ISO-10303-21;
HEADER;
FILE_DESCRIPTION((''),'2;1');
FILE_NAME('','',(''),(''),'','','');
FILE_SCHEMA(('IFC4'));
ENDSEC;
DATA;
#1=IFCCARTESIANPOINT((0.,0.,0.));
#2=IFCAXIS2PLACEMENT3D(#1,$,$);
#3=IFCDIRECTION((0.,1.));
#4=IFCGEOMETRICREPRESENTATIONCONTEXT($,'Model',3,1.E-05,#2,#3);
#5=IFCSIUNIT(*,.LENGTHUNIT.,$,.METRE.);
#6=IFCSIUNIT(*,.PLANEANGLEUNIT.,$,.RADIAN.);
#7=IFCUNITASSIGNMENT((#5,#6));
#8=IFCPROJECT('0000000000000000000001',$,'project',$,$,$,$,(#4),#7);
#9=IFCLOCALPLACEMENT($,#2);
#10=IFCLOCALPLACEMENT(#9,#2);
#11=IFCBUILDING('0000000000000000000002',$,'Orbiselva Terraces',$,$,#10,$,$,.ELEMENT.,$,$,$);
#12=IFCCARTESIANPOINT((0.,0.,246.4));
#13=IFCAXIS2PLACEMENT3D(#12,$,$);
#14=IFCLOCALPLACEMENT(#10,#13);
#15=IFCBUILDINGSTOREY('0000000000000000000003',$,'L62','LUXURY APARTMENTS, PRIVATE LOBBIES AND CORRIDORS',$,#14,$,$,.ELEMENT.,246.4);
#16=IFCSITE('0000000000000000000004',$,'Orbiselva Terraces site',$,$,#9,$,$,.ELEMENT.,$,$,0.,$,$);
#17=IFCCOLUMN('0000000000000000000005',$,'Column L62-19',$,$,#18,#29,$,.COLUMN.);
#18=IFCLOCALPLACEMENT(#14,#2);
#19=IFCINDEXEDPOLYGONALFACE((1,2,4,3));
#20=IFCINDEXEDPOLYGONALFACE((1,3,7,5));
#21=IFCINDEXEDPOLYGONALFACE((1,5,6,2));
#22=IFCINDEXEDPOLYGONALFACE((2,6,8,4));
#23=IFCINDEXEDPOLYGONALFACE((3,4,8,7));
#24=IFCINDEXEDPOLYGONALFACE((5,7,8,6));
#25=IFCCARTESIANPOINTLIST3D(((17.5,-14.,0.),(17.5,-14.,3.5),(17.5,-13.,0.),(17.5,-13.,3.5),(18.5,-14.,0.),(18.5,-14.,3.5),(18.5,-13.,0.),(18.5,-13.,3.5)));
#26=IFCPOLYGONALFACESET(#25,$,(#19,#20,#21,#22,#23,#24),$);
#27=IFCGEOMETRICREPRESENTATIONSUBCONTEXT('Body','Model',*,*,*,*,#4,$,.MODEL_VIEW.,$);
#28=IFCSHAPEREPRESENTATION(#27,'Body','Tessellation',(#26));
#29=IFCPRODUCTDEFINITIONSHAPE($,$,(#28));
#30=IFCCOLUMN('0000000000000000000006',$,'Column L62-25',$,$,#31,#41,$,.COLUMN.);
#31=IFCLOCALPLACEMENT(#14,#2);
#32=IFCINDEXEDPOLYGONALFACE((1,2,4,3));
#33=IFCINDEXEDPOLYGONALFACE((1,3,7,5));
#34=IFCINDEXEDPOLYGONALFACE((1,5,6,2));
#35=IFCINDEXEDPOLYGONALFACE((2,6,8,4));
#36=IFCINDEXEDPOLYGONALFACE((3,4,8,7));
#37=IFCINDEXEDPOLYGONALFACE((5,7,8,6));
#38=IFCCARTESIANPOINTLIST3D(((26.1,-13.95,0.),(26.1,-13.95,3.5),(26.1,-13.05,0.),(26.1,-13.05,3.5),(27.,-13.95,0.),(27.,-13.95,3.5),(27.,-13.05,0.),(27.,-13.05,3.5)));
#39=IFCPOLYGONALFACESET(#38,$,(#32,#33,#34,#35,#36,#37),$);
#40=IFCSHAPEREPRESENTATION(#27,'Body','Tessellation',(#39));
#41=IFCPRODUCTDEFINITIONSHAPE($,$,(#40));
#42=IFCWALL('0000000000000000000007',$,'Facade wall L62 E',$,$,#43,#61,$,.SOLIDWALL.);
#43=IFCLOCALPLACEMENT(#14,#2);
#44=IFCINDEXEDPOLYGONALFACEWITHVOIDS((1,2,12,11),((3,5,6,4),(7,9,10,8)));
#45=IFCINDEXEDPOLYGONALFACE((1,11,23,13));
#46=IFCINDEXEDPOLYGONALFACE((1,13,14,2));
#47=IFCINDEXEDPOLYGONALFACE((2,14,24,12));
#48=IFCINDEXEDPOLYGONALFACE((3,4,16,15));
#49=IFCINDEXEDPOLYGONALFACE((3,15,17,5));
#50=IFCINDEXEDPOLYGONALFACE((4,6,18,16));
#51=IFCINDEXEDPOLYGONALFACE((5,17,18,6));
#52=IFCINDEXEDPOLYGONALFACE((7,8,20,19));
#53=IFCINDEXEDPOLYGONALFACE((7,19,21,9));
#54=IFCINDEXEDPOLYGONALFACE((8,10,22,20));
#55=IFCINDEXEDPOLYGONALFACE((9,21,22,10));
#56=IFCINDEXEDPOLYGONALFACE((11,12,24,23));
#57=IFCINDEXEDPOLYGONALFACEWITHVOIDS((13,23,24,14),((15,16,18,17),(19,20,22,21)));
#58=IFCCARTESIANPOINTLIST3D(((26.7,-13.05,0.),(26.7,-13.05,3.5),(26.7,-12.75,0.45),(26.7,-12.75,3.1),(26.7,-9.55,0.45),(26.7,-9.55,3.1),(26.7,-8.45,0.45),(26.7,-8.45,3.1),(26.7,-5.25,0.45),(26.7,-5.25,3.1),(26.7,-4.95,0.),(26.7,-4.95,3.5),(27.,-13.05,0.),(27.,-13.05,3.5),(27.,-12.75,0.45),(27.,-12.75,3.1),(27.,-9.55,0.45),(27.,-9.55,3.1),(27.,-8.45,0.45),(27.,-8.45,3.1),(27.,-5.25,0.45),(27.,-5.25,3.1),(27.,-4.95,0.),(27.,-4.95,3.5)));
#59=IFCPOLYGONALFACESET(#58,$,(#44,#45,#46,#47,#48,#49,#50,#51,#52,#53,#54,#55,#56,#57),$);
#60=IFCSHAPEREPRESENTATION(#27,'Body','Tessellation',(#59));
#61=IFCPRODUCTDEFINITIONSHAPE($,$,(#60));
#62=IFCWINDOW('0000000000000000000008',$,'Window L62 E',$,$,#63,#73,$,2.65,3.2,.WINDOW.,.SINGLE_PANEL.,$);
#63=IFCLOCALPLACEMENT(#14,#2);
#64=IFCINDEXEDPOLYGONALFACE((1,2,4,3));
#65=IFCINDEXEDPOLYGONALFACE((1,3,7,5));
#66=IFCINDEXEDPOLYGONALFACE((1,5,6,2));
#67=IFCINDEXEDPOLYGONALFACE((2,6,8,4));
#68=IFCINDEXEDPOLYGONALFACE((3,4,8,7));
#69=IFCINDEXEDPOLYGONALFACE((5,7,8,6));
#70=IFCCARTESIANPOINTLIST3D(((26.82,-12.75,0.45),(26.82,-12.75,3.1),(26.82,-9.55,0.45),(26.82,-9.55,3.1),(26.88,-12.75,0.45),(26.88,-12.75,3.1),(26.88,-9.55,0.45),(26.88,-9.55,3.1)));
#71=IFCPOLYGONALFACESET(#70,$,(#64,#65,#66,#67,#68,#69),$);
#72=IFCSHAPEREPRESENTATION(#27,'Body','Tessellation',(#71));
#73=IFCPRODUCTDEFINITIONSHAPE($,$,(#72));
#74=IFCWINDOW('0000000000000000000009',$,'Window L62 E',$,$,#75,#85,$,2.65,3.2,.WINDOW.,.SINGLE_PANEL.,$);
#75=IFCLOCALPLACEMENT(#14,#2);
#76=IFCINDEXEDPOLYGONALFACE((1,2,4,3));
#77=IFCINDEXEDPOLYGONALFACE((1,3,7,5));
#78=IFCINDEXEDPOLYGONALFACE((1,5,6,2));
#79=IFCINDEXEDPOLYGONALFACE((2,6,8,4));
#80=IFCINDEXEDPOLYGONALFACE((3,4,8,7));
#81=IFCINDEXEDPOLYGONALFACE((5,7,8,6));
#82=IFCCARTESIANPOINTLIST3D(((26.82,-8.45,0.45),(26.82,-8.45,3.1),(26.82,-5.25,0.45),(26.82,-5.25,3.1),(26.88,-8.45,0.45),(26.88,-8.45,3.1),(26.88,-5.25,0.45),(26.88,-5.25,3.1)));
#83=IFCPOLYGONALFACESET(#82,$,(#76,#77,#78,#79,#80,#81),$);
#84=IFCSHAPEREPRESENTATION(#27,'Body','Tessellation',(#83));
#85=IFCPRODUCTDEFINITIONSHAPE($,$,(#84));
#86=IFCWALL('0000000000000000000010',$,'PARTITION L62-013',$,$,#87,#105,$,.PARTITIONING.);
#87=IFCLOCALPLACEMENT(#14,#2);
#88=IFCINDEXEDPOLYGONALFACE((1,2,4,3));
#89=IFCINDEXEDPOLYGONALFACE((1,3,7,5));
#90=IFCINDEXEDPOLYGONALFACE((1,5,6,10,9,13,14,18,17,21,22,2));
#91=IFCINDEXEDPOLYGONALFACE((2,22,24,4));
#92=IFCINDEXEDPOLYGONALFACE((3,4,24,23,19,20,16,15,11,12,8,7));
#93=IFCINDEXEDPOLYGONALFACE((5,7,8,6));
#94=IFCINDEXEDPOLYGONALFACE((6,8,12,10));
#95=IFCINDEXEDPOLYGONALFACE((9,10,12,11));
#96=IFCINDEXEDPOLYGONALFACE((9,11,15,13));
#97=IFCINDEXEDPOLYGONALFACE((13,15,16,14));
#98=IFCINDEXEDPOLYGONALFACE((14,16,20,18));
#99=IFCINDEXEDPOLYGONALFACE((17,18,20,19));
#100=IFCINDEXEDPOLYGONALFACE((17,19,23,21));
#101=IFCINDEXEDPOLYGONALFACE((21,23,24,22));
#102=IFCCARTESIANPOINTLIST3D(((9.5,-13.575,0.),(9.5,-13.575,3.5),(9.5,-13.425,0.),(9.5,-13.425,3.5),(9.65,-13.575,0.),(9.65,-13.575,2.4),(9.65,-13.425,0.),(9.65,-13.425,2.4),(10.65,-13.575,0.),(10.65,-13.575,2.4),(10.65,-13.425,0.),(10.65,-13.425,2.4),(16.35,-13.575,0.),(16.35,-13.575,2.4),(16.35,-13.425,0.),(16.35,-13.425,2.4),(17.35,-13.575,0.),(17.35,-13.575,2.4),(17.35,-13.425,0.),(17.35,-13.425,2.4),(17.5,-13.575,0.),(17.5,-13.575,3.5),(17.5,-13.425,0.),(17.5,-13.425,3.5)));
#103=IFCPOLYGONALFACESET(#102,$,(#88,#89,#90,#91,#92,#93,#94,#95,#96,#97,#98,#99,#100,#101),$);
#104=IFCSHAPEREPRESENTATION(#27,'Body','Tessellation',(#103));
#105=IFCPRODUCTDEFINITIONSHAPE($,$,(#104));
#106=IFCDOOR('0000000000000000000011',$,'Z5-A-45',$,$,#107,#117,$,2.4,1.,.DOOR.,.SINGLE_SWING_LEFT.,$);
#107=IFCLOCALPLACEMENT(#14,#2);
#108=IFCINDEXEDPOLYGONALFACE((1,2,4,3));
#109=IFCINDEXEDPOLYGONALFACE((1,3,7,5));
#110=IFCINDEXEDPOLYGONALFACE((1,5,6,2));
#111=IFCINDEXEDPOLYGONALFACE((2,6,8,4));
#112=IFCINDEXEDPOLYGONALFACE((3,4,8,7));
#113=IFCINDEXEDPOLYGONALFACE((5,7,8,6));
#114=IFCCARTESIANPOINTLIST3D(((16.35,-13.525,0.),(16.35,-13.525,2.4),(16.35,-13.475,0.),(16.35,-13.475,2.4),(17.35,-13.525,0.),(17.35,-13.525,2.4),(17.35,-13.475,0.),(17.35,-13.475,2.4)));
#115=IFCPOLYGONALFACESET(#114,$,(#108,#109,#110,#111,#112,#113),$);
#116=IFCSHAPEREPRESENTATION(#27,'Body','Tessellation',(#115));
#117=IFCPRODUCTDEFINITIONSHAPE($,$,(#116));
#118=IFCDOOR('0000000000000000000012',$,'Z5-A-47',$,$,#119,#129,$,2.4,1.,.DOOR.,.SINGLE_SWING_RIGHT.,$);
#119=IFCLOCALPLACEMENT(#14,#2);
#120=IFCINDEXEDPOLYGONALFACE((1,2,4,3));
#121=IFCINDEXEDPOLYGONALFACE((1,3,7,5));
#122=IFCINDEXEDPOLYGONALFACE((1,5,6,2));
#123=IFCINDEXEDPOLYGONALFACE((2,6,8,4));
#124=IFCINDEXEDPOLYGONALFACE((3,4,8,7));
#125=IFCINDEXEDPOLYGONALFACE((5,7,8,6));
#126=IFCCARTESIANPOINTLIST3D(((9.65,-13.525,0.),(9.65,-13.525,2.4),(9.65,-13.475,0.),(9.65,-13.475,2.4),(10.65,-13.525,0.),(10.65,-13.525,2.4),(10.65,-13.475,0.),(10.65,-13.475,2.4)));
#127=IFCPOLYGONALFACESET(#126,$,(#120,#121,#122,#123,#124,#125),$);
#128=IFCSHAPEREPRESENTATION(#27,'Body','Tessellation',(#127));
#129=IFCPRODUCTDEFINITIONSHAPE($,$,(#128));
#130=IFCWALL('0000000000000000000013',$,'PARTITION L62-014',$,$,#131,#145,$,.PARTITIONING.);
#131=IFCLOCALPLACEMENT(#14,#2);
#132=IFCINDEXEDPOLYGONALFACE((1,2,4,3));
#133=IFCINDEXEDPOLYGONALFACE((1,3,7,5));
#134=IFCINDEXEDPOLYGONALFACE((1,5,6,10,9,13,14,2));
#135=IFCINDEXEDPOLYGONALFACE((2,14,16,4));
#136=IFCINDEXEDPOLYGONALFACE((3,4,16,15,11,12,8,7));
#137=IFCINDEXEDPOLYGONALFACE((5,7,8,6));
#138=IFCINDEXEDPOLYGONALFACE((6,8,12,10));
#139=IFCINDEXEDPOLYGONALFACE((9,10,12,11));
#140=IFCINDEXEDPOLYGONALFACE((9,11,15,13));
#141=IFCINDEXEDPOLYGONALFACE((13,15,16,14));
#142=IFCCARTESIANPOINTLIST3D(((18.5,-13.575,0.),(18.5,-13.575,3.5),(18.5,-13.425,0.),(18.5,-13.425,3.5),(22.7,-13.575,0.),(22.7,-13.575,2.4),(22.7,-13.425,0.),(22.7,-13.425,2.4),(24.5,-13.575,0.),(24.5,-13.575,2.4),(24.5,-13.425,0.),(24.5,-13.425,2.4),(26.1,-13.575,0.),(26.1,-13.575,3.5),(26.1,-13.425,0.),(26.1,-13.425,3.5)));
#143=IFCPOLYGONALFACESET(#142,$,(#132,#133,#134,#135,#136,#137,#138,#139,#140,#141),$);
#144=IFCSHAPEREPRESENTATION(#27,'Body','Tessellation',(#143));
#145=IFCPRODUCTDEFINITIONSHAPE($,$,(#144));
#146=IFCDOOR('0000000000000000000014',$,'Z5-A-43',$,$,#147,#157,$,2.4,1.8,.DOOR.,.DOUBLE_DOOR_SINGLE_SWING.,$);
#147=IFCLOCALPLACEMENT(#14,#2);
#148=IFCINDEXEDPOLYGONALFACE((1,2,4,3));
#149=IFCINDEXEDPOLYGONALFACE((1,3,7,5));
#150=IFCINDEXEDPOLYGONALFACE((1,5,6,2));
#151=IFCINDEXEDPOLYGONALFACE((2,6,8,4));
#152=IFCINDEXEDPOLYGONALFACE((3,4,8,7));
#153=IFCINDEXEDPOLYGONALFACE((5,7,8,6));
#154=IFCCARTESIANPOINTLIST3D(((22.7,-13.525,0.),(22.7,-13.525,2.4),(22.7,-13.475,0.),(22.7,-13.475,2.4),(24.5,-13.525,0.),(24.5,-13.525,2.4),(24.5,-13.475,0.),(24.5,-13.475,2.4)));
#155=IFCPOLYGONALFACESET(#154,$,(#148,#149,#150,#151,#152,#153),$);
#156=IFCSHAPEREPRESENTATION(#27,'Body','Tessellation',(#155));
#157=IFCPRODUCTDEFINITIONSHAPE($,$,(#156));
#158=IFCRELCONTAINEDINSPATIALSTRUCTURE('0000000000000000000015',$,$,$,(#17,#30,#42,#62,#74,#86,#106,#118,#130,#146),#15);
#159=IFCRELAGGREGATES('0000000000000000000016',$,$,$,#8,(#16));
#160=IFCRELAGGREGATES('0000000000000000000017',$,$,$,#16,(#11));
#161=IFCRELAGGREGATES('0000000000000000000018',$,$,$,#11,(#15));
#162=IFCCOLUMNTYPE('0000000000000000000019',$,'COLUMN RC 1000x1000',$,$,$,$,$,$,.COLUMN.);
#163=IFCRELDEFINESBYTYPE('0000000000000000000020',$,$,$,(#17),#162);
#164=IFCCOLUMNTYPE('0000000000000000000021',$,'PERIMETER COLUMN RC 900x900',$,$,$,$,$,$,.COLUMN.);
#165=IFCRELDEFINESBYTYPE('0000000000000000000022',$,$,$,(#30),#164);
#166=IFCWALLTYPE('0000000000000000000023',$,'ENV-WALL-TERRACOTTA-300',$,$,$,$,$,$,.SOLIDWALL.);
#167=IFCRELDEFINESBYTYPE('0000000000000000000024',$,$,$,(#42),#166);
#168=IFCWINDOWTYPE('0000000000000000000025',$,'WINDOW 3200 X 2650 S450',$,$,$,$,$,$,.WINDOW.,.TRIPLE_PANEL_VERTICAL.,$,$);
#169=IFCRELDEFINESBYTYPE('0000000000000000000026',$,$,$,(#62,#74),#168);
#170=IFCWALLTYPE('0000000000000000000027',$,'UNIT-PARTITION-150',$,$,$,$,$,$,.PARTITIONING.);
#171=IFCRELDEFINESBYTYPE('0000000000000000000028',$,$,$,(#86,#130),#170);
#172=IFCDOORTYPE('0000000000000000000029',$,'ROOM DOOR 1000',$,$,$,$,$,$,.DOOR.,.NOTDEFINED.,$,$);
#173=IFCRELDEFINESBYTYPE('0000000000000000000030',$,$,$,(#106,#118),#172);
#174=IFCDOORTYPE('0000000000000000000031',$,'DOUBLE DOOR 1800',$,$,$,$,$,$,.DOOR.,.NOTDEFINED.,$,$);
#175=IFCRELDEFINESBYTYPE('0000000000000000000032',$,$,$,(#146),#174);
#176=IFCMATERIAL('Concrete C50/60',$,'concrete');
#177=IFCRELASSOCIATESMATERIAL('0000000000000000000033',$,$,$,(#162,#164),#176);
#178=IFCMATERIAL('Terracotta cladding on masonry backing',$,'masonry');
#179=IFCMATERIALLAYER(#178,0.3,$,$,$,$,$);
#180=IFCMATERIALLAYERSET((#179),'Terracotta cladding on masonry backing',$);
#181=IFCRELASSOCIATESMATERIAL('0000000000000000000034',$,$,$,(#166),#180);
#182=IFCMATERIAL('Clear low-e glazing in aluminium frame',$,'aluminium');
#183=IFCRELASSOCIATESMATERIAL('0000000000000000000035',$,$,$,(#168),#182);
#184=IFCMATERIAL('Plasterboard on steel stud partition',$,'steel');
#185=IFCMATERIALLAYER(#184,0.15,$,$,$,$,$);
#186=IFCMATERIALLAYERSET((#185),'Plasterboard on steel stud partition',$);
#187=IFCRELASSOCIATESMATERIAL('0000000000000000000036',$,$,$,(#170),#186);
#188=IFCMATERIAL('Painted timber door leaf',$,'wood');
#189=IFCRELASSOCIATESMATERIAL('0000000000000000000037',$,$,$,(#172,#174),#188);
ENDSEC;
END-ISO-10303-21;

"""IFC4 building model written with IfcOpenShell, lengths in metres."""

from ifc_helpers import new_model, si_unit, direction, frame, frame_2d, origin, origin_2d, place, context, subcontext, project, spatial, rectangle, extrude, material, layer, layer_set, material_profile, profile_set, type_object, element, fill, save


model = new_model("IFC4")

# Units and contexts
model_context = context("Model", 3, precision=1e-05, world=origin(), true_north=direction((0.0, 1.0)))
body_context = subcontext(model_context, "Body", "Model", "MODEL_VIEW")
ifc_project = project(units=[si_unit("LENGTHUNIT", "METRE"), si_unit("PLANEANGLEUNIT", "RADIAN")], contexts=[model_context])

# Site, building, storey
site_placement = place(None, origin())
site = spatial("IfcSite", under=ifc_project, at=site_placement, Name="Orbiselva Terraces site", CompositionType="ELEMENT", RefElevation=0.0)
building_placement = place(site_placement, origin())
building = spatial("IfcBuilding", under=site, at=building_placement, Name="Orbiselva Terraces", CompositionType="ELEMENT")
storey_placement = place(building_placement, frame((0.0, 0.0, 246.4)))
storey = spatial("IfcBuildingStorey", under=building, at=storey_placement, Name="L62", Description="LUXURY APARTMENTS, PRIVATE LOBBIES AND CORRIDORS", CompositionType="ELEMENT", Elevation=246.4)

# Columns
ifc_material_1 = material(Name="Concrete C50/60", Category="concrete")
ifc_material_profile_1 = material_profile(ifc_material_1, rectangle(XDim=1.0, YDim=1.0, at=origin_2d()), Name="RC 1000x1000")
ifc_profile_set_1 = profile_set([ifc_material_profile_1], Name="Concrete C50/60")
column_type_1 = type_object("IfcColumnType", Name="COLUMN RC 1000x1000", PredefinedType="COLUMN", material=ifc_profile_set_1)
column_1_placement = place(storey_placement, frame((18.0, -13.5, 0.0), z_axis=(0.0, 0.0, 1.0), x_axis=(1.0, 0.0, 0.0)))
element("IfcColumn", 1, at=column_1_placement, inside=storey, type_object=column_type_1, Name="Column L62-19", PredefinedType="COLUMN", context=body_context, shape_type="SweptSolid", body=[
    extrude(rectangle(XDim=1.0, YDim=1.0, at=origin_2d()), origin(), (0.0, 0.0, 1.0), 3.5),
])
ifc_material_profile_2 = material_profile(ifc_material_1, rectangle(XDim=0.9, YDim=0.9, at=origin_2d()), Name="RC 900x900")
ifc_profile_set_2 = profile_set([ifc_material_profile_2], Name="Concrete C50/60")
column_type_2 = type_object("IfcColumnType", Name="PERIMETER COLUMN RC 900x900", PredefinedType="COLUMN", material=ifc_profile_set_2)
column_2_placement = place(storey_placement, frame((26.55, -13.5, 0.0), z_axis=(0.0, 0.0, 1.0), x_axis=(1.0, 0.0, 0.0)))
element("IfcColumn", 2, at=column_2_placement, inside=storey, type_object=column_type_2, Name="Column L62-25", PredefinedType="COLUMN", context=body_context, shape_type="SweptSolid", body=[
    extrude(rectangle(XDim=0.9, YDim=0.9, at=origin_2d()), origin(), (0.0, 0.0, 1.0), 3.5),
])

# Wall, openings, windows
ifc_material_2 = material(Name="Terracotta cladding on masonry backing", Category="masonry")
ifc_layer_1 = layer(ifc_material_2, 0.3)
ifc_layer_set_1 = layer_set([ifc_layer_1], Name="Terracotta cladding on masonry backing")
wall_type_1 = type_object("IfcWallType", Name="ENV-WALL-TERRACOTTA-300", PredefinedType="SOLIDWALL", material=ifc_layer_set_1)
wall_1_placement = place(storey_placement, frame((26.85, -4.95, 0.0), z_axis=(0.0, 0.0, 1.0), x_axis=(0.0, -1.0, 0.0)))
wall_1 = element("IfcWall", 3, at=wall_1_placement, inside=storey, type_object=wall_type_1, Name="Facade wall L62 E", PredefinedType="SOLIDWALL", context=body_context, shape_type="SweptSolid", body=[
    extrude(rectangle(XDim=8.1, YDim=0.3, at=frame_2d((4.05, 0.0))), origin(), (0.0, 0.0, 1.0), 3.5),
])
opening_1_placement = place(wall_1_placement, frame((4.6, 0.0, 0.45)))
opening_1 = element("IfcOpeningElement", 4, at=opening_1_placement, cuts=wall_1, PredefinedType="OPENING", context=body_context, shape_type="SweptSolid", body=[
    extrude(rectangle(XDim=3.2, YDim=2.65, at=frame_2d((1.6, 1.325))), frame((0.0, 0.16, 0.0), z_axis=(0.0, -1.0, 0.0), x_axis=(1.0, 0.0, 0.0)), (0.0, 0.0, 1.0), 0.32),
])
opening_2_placement = place(wall_1_placement, frame((0.3, 0.0, 0.45)))
opening_2 = element("IfcOpeningElement", 5, at=opening_2_placement, cuts=wall_1, PredefinedType="OPENING", context=body_context, shape_type="SweptSolid", body=[
    extrude(rectangle(XDim=3.2, YDim=2.65, at=frame_2d((1.6, 1.325))), frame((0.0, 0.16, 0.0), z_axis=(0.0, -1.0, 0.0), x_axis=(1.0, 0.0, 0.0)), (0.0, 0.0, 1.0), 0.32),
])
ifc_material_3 = material(Name="Clear low-e glazing in aluminium frame", Category="aluminium")
window_type = type_object("IfcWindowType", Name="WINDOW 3200 X 2650 S450", PartitioningType="TRIPLE_PANEL_VERTICAL", PredefinedType="WINDOW", material=ifc_material_3)
window_1_placement = place(opening_1_placement, origin())
window_1 = element("IfcWindow", 6, at=window_1_placement, inside=storey, type_object=window_type, Name="Window L62 E", OverallHeight=2.65, OverallWidth=3.2, PartitioningType="SINGLE_PANEL", PredefinedType="WINDOW", context=body_context, shape_type="SweptSolid", body=[
    extrude(rectangle(XDim=3.2, YDim=2.65, at=frame_2d((1.6, 1.325))), frame((0.0, 0.03, 0.0), z_axis=(0.0, -1.0, 0.0), x_axis=(1.0, 0.0, 0.0)), (0.0, 0.0, 1.0), 0.06),
])
fill(opening_1, window_1)
window_2_placement = place(opening_2_placement, origin())
window_2 = element("IfcWindow", 7, at=window_2_placement, inside=storey, type_object=window_type, Name="Window L62 E", OverallHeight=2.65, OverallWidth=3.2, PartitioningType="SINGLE_PANEL", PredefinedType="WINDOW", context=body_context, shape_type="SweptSolid", body=[
    extrude(rectangle(XDim=3.2, YDim=2.65, at=frame_2d((1.6, 1.325))), frame((0.0, 0.03, 0.0), z_axis=(0.0, -1.0, 0.0), x_axis=(1.0, 0.0, 0.0)), (0.0, 0.0, 1.0), 0.06),
])
fill(opening_2, window_2)

# Wall, openings, doors
ifc_material_4 = material(Name="Plasterboard on steel stud partition", Category="steel")
ifc_layer_2 = layer(ifc_material_4, 0.15)
ifc_layer_set_2 = layer_set([ifc_layer_2], Name="Plasterboard on steel stud partition")
wall_type_2 = type_object("IfcWallType", Name="UNIT-PARTITION-150", PredefinedType="PARTITIONING", material=ifc_layer_set_2)
wall_2_placement = place(storey_placement, frame((17.5, -13.5, 0.0), z_axis=(0.0, 0.0, 1.0), x_axis=(-1.0, 0.0, 0.0)))
wall_2 = element("IfcWall", 8, at=wall_2_placement, inside=storey, type_object=wall_type_2, Name="PARTITION L62-013", PredefinedType="PARTITIONING", context=body_context, shape_type="SweptSolid", body=[
    extrude(rectangle(XDim=8.0, YDim=0.15, at=frame_2d((4.0, 0.0))), origin(), (0.0, 0.0, 1.0), 3.5),
])
opening_3_placement = place(wall_2_placement, frame((0.15, 0.0, 0.0)))
opening_3 = element("IfcOpeningElement", 9, at=opening_3_placement, cuts=wall_2, PredefinedType="OPENING", context=body_context, shape_type="SweptSolid", body=[
    extrude(rectangle(XDim=1.0, YDim=2.4, at=frame_2d((0.5, 1.2))), frame((0.0, 0.085, 0.0), z_axis=(0.0, -1.0, 0.0), x_axis=(1.0, 0.0, 0.0)), (0.0, 0.0, 1.0), 0.17),
])
opening_4_placement = place(wall_2_placement, frame((6.85, 0.0, 0.0)))
opening_4 = element("IfcOpeningElement", 10, at=opening_4_placement, cuts=wall_2, PredefinedType="OPENING", context=body_context, shape_type="SweptSolid", body=[
    extrude(rectangle(XDim=1.0, YDim=2.4, at=frame_2d((0.5, 1.2))), frame((0.0, 0.085, 0.0), z_axis=(0.0, -1.0, 0.0), x_axis=(1.0, 0.0, 0.0)), (0.0, 0.0, 1.0), 0.17),
])
ifc_material_5 = material(Name="Painted timber door leaf", Category="wood")
door_type_1 = type_object("IfcDoorType", Name="ROOM DOOR 1000", OperationType="NOTDEFINED", PredefinedType="DOOR", material=ifc_material_5)
door_1_placement = place(opening_3_placement, origin())
door_1 = element("IfcDoor", 11, at=door_1_placement, inside=storey, type_object=door_type_1, Name="Z5-A-45", OperationType="SINGLE_SWING_LEFT", OverallHeight=2.4, OverallWidth=1.0, PredefinedType="DOOR", context=body_context, shape_type="SweptSolid", body=[
    extrude(rectangle(XDim=1.0, YDim=2.4, at=frame_2d((0.5, 1.2))), frame((0.0, 0.025, 0.0), z_axis=(0.0, -1.0, 0.0), x_axis=(1.0, 0.0, 0.0)), (0.0, 0.0, 1.0), 0.05),
])
fill(opening_3, door_1)
door_2_placement = place(opening_4_placement, origin())
door_2 = element("IfcDoor", 12, at=door_2_placement, inside=storey, type_object=door_type_1, Name="Z5-A-47", OperationType="SINGLE_SWING_RIGHT", OverallHeight=2.4, OverallWidth=1.0, PredefinedType="DOOR", context=body_context, shape_type="SweptSolid", body=[
    extrude(rectangle(XDim=1.0, YDim=2.4, at=frame_2d((0.5, 1.2))), frame((0.0, 0.025, 0.0), z_axis=(0.0, -1.0, 0.0), x_axis=(1.0, 0.0, 0.0)), (0.0, 0.0, 1.0), 0.05),
])
fill(opening_4, door_2)

# Wall, opening, door
wall_3_placement = place(storey_placement, frame((26.1, -13.5, 0.0), z_axis=(0.0, 0.0, 1.0), x_axis=(-1.0, 0.0, 0.0)))
wall_3 = element("IfcWall", 13, at=wall_3_placement, inside=storey, type_object=wall_type_2, Name="PARTITION L62-014", PredefinedType="PARTITIONING", context=body_context, shape_type="SweptSolid", body=[
    extrude(rectangle(XDim=7.6, YDim=0.15, at=frame_2d((3.8, 0.0))), origin(), (0.0, 0.0, 1.0), 3.5),
])
opening_5_placement = place(wall_3_placement, frame((1.6, 0.0, 0.0)))
opening_5 = element("IfcOpeningElement", 14, at=opening_5_placement, cuts=wall_3, PredefinedType="OPENING", context=body_context, shape_type="SweptSolid", body=[
    extrude(rectangle(XDim=1.8, YDim=2.4, at=frame_2d((0.9, 1.2))), frame((0.0, 0.085, 0.0), z_axis=(0.0, -1.0, 0.0), x_axis=(1.0, 0.0, 0.0)), (0.0, 0.0, 1.0), 0.17),
])
door_type_2 = type_object("IfcDoorType", Name="DOUBLE DOOR 1800", OperationType="NOTDEFINED", PredefinedType="DOOR", material=ifc_material_5)
door_3_placement = place(opening_5_placement, origin())
door_3 = element("IfcDoor", 15, at=door_3_placement, inside=storey, type_object=door_type_2, Name="Z5-A-43", OperationType="DOUBLE_DOOR_SINGLE_SWING", OverallHeight=2.4, OverallWidth=1.8, PredefinedType="DOOR", context=body_context, shape_type="SweptSolid", body=[
    extrude(rectangle(XDim=1.8, YDim=2.4, at=frame_2d((0.9, 1.2))), frame((0.0, 0.025, 0.0), z_axis=(0.0, -1.0, 0.0), x_axis=(1.0, 0.0, 0.0)), (0.0, 0.0, 1.0), 0.05),
])
fill(opening_5, door_3)

save(model, "model.ifc")
